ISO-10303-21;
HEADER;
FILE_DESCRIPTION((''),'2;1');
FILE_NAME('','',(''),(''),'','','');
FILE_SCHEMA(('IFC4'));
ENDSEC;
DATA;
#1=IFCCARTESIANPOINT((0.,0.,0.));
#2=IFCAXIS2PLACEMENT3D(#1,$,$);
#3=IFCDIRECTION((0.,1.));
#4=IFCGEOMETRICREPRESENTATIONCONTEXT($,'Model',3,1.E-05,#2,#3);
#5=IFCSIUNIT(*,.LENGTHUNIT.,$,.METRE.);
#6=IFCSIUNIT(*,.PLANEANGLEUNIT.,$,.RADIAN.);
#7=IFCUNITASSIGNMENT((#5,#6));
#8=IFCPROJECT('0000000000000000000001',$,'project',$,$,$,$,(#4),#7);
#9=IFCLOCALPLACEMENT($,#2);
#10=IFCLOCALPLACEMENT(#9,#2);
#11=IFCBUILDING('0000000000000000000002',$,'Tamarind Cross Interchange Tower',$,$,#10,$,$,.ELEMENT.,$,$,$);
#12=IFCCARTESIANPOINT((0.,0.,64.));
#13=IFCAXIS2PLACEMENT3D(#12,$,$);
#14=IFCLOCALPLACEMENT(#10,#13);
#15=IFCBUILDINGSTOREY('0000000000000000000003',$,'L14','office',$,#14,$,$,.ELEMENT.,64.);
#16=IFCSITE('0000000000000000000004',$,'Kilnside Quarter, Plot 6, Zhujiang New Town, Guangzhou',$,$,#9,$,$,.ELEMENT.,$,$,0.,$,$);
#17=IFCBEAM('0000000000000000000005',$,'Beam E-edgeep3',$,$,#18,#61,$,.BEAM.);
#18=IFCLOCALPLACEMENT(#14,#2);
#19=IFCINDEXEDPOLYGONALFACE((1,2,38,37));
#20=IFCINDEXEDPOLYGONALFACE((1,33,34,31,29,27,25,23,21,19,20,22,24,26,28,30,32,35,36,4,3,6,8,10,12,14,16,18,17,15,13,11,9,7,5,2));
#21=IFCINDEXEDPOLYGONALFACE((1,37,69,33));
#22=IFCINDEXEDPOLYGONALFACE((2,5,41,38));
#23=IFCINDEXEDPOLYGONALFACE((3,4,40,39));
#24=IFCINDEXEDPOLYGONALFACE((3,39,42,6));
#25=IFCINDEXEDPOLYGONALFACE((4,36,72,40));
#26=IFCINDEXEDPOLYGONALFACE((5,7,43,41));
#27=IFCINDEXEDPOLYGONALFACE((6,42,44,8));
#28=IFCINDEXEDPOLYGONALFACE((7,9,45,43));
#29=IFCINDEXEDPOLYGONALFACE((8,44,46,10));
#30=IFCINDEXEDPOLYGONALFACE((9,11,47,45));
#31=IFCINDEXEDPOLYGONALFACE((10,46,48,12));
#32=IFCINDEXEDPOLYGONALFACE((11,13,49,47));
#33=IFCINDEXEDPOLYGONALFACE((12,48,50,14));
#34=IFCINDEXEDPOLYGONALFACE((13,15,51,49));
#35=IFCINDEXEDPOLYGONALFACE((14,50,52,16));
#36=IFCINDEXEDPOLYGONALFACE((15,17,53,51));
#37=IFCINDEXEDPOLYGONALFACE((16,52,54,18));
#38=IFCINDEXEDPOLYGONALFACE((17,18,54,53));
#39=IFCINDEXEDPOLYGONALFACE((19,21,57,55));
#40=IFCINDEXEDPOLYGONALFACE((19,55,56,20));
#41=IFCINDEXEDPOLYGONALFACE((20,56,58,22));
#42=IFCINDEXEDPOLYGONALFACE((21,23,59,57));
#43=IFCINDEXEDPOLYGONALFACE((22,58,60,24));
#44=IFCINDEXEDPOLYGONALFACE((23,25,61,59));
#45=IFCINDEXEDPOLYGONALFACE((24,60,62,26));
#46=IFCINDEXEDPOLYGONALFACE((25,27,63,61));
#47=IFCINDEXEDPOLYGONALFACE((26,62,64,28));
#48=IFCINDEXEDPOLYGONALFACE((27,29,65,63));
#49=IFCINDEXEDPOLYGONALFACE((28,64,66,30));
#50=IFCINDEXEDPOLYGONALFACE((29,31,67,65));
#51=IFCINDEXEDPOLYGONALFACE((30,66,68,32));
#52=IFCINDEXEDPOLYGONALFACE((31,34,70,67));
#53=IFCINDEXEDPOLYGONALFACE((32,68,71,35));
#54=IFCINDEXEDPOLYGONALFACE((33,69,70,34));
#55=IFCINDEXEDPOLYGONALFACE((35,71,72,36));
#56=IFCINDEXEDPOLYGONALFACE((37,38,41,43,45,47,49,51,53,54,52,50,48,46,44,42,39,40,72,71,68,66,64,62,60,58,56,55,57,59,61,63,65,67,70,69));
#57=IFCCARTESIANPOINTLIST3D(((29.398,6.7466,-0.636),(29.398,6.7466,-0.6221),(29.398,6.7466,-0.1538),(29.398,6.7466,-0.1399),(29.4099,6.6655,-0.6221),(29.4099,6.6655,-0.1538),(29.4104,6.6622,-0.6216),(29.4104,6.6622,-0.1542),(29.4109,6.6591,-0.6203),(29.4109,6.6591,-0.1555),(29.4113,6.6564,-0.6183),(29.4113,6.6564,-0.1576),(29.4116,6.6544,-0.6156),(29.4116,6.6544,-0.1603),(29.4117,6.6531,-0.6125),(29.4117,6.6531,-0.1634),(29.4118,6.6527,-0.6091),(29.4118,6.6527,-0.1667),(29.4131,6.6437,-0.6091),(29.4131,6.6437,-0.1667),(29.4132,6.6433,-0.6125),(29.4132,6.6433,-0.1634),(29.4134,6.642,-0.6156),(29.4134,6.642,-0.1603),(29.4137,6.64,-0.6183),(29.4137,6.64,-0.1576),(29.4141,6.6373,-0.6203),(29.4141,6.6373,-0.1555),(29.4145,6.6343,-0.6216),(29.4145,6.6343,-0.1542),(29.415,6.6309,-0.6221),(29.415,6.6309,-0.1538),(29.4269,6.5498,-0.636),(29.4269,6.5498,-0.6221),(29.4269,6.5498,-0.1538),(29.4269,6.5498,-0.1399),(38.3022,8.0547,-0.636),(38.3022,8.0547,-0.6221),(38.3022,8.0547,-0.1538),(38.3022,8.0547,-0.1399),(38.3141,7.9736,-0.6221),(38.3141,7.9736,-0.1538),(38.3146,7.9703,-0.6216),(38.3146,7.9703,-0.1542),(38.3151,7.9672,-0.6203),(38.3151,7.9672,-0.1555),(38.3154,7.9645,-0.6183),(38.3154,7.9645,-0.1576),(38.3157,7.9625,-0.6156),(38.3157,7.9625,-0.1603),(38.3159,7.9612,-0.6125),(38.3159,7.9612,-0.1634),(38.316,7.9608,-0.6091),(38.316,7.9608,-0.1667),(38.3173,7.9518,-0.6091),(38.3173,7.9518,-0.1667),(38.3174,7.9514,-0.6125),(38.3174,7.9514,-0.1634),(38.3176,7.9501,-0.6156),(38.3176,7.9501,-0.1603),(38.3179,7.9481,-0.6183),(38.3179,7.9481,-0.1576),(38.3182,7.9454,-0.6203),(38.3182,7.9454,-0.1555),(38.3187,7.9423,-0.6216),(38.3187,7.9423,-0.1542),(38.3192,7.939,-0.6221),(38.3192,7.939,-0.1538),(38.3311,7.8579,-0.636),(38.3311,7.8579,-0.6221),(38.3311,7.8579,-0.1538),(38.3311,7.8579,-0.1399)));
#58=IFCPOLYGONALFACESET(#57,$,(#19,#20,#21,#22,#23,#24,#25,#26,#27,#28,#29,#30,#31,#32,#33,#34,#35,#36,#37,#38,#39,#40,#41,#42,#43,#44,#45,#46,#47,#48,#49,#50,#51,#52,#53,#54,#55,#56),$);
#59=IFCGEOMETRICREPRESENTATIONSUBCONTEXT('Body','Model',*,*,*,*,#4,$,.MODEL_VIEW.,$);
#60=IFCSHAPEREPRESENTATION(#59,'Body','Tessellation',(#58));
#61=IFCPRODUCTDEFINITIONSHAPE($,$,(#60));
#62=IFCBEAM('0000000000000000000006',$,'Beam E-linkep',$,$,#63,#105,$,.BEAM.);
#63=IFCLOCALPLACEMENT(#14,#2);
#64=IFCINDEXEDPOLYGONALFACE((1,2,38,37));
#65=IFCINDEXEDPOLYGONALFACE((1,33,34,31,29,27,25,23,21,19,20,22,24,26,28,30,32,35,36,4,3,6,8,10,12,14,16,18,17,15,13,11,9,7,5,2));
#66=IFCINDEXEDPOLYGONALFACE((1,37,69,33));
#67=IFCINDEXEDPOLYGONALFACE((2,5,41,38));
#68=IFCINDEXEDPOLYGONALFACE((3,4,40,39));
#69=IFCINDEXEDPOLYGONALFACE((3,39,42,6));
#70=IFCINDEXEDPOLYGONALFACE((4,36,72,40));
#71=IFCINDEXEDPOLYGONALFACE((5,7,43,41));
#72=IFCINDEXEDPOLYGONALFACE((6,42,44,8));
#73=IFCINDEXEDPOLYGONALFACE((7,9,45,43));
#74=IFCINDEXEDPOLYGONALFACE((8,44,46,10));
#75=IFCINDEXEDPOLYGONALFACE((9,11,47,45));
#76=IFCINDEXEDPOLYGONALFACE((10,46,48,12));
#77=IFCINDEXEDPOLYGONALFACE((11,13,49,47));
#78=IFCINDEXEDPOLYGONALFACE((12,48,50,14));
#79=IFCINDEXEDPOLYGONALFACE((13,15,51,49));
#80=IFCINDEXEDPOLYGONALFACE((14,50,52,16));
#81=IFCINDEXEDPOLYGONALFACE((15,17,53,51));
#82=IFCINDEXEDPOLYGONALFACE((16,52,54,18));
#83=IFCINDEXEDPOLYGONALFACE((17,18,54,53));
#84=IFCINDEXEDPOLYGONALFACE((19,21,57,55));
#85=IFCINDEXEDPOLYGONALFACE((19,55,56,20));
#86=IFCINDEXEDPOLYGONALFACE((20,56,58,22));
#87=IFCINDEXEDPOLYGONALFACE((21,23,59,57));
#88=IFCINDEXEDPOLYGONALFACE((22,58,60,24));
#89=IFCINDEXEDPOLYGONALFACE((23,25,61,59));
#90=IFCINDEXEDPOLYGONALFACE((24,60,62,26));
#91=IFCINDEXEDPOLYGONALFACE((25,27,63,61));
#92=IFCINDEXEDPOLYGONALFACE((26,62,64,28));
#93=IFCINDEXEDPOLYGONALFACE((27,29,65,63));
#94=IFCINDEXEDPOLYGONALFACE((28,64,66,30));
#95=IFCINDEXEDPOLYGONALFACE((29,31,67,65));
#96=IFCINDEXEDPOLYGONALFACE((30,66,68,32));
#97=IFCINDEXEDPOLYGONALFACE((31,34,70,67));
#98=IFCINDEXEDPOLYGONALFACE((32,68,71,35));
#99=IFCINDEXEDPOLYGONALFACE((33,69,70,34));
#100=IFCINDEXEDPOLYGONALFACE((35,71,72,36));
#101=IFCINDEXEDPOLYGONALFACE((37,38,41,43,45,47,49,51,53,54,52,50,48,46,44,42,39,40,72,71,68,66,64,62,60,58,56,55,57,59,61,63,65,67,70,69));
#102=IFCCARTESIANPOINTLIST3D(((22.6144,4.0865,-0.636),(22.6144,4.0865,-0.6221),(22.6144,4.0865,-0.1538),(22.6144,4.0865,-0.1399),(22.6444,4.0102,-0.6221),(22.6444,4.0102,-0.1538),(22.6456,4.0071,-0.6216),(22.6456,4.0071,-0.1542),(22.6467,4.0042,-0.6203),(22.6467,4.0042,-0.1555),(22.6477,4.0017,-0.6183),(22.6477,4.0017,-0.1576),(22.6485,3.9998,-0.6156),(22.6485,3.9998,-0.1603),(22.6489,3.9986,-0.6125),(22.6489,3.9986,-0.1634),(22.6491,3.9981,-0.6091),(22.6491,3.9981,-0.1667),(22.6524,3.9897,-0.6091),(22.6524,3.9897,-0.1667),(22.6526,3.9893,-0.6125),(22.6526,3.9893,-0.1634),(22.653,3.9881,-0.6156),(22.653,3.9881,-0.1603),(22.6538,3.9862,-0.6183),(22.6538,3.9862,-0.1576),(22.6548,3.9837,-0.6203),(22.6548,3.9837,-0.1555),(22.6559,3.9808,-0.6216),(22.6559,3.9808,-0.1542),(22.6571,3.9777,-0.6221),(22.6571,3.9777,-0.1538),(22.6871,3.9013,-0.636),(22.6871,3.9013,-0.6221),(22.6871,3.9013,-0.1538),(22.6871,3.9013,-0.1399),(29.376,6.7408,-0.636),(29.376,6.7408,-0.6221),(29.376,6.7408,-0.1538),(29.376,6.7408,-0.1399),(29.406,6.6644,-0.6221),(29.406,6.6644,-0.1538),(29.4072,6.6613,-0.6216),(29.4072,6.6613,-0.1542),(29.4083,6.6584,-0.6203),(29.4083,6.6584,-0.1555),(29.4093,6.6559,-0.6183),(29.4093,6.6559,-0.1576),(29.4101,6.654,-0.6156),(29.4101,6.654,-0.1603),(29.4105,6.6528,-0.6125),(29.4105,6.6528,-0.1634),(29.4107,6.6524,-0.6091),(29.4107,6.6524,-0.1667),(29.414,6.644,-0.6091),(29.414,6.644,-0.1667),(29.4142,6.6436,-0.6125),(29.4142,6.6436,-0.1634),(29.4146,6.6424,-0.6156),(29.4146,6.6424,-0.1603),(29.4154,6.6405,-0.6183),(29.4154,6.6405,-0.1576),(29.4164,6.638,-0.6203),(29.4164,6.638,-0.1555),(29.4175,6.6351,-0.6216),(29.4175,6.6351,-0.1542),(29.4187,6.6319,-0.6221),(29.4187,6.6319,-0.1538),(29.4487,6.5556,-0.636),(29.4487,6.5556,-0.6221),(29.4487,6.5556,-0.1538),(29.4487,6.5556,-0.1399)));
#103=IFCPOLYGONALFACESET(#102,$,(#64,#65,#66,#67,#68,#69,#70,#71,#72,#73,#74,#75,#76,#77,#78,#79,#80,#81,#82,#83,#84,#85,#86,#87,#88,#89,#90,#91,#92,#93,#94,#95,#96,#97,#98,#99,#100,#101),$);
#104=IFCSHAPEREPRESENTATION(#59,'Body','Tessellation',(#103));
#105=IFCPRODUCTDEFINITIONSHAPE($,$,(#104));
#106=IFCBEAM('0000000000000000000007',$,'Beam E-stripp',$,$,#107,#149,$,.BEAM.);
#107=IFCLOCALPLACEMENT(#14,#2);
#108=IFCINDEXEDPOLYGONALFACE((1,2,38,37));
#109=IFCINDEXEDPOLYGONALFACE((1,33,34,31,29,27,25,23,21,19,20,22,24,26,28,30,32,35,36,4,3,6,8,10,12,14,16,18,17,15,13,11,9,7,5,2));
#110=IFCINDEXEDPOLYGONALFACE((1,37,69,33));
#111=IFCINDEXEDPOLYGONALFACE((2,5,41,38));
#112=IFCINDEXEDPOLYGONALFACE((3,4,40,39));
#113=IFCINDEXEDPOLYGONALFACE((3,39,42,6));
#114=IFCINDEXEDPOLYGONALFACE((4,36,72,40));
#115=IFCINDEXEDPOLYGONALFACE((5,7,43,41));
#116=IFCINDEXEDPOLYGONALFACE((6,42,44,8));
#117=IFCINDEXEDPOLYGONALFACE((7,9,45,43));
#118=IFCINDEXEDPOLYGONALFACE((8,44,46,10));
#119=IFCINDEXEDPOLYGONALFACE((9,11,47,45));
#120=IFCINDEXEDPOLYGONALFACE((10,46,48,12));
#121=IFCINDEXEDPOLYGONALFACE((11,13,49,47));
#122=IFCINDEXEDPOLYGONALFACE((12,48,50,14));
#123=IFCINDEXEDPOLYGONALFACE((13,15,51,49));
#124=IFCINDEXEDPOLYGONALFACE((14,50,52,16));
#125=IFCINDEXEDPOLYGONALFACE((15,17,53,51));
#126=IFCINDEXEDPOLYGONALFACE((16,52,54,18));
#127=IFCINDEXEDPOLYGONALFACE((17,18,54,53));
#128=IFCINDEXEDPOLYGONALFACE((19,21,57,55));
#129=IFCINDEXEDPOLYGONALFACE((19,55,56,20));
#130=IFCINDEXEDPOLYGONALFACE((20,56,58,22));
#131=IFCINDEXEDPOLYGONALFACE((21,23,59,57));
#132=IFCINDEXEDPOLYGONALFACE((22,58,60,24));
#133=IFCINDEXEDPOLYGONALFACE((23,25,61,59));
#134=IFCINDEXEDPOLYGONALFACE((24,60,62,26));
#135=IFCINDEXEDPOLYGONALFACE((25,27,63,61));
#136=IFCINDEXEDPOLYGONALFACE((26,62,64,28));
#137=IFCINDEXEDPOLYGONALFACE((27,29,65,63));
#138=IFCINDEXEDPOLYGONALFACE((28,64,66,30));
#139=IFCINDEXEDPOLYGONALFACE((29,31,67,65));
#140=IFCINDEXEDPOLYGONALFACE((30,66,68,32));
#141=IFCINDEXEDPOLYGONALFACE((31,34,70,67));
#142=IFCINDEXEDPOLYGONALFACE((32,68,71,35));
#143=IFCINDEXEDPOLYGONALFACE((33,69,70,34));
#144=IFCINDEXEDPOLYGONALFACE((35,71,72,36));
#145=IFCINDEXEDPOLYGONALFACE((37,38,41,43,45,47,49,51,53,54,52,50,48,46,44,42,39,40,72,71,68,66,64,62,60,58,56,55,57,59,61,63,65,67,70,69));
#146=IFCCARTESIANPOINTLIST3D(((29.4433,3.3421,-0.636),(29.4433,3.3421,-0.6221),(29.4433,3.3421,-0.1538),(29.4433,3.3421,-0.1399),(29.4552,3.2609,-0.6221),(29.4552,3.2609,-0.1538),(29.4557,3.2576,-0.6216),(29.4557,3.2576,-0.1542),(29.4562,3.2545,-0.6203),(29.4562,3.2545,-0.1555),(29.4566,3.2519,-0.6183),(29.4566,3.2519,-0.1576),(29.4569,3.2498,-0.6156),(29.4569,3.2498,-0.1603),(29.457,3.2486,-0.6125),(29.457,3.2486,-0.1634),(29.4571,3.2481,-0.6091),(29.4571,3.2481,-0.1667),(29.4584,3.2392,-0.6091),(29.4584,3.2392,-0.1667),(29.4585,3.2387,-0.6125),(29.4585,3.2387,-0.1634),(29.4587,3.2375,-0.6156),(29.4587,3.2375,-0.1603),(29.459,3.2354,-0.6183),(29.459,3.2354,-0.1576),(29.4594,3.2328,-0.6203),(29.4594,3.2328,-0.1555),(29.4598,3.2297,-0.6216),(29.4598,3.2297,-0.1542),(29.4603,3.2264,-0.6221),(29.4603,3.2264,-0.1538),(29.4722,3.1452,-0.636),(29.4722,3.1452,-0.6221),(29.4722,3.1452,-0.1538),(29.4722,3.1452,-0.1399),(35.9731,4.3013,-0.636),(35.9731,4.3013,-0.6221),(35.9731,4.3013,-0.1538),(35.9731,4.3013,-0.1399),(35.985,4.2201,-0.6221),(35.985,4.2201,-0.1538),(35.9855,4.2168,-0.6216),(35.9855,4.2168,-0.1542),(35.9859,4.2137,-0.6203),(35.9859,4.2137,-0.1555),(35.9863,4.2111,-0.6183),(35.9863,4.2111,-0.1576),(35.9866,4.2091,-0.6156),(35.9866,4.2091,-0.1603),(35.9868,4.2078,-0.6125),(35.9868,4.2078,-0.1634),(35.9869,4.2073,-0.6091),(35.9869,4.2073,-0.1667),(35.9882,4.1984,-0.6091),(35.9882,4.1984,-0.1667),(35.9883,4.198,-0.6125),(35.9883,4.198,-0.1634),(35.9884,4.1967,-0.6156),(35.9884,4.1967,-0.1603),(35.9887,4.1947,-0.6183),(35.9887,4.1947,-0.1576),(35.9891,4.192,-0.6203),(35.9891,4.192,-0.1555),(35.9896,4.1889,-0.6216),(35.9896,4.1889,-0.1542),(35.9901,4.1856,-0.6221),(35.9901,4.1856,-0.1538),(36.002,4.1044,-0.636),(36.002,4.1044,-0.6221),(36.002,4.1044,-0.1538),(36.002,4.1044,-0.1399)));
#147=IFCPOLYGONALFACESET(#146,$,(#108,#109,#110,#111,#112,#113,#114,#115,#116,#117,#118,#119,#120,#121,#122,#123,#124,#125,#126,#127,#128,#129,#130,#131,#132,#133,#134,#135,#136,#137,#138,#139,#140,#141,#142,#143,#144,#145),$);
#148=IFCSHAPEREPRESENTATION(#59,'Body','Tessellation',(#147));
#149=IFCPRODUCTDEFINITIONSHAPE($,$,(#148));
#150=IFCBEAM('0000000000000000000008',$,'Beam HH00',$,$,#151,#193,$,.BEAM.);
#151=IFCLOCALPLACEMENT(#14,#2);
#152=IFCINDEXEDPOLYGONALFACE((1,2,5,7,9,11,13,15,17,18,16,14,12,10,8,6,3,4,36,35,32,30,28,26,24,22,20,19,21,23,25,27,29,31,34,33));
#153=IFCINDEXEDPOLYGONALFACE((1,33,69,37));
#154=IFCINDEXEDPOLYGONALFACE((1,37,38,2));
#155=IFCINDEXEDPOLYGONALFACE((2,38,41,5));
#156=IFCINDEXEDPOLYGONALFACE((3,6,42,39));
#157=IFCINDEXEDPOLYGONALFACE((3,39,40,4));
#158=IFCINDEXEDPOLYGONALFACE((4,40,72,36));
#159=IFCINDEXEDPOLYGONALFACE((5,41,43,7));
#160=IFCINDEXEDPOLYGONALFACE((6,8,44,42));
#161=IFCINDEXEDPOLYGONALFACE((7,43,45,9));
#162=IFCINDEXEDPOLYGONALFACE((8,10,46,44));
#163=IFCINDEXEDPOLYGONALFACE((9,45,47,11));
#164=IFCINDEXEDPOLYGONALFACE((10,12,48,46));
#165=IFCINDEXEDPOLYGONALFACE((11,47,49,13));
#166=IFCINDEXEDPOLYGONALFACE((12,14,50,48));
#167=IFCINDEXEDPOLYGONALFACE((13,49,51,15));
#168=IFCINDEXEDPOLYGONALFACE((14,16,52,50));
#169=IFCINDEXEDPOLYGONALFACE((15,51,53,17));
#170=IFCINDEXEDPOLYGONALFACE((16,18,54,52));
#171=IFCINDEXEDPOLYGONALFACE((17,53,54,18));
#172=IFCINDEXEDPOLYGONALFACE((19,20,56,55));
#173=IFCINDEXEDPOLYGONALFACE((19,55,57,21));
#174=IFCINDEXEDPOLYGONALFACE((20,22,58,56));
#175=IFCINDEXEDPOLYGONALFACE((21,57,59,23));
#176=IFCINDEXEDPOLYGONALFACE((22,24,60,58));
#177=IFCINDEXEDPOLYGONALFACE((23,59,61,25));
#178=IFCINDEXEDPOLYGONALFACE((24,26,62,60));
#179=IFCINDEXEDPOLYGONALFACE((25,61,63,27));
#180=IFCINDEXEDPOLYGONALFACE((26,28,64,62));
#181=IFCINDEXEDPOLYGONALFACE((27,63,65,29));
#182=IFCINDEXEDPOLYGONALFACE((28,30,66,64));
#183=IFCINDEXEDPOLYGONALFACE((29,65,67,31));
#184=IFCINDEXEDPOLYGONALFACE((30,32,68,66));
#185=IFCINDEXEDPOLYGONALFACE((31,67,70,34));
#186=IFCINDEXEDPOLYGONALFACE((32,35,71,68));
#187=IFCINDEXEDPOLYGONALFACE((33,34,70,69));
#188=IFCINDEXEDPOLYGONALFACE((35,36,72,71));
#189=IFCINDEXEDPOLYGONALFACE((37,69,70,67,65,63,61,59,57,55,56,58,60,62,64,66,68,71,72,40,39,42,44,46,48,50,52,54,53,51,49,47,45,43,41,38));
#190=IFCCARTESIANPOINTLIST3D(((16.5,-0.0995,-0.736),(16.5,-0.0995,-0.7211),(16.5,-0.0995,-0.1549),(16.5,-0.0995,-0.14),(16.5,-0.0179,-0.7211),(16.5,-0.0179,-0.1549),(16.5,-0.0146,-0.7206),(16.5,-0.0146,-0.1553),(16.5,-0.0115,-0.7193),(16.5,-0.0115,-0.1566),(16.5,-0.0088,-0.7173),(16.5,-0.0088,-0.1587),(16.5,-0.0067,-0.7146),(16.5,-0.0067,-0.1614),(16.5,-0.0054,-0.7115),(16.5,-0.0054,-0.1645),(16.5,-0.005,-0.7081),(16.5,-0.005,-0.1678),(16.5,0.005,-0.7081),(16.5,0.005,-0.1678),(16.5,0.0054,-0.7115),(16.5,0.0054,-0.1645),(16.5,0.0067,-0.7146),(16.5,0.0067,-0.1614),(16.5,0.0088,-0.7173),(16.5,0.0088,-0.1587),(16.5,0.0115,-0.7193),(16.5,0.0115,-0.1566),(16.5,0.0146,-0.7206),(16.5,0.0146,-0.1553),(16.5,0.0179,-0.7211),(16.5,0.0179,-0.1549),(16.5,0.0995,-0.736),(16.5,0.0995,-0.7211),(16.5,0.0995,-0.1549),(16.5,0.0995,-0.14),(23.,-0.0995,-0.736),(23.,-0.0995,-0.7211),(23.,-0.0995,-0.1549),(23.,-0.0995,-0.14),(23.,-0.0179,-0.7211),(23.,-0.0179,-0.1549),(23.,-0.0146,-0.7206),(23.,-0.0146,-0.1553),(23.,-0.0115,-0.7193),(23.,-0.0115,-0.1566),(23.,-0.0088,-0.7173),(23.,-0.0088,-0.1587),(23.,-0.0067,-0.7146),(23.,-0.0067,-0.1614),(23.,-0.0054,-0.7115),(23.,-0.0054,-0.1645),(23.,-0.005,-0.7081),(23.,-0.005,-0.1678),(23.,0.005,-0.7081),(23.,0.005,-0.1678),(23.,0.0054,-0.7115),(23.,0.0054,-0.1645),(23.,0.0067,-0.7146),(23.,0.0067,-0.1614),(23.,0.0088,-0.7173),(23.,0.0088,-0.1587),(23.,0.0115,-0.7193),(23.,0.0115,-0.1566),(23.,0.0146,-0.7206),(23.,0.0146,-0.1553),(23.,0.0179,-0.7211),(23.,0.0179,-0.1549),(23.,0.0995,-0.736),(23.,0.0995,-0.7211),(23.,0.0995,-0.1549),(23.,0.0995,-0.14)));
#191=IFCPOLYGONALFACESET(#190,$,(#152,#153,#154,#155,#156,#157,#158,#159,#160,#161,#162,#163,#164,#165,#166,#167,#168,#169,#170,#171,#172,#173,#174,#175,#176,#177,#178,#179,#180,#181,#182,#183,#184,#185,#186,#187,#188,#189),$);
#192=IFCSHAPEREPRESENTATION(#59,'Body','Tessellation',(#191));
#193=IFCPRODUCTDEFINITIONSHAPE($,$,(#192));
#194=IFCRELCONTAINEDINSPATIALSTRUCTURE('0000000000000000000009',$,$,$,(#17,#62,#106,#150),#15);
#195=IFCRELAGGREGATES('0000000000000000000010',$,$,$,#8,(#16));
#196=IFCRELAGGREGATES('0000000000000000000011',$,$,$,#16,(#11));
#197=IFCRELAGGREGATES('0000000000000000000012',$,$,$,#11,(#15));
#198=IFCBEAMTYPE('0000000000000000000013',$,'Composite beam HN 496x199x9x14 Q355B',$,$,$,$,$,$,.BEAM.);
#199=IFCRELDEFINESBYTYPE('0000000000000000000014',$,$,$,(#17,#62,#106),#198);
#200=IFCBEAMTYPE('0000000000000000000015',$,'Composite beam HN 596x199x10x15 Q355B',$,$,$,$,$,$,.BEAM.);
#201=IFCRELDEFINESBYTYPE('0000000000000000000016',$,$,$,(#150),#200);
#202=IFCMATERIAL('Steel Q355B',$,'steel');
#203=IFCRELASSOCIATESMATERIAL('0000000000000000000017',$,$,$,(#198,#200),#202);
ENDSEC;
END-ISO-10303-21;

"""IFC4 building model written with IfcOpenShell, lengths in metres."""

from ifc_helpers import new_model, si_unit, direction, frame, origin, origin_2d, place, context, subcontext, project, spatial, i_section, extrude, material, material_profile, profile_set, type_object, element, save


model = new_model("IFC4")

# Units and contexts
model_context = context("Model", 3, precision=1e-05, world=origin(), true_north=direction((0.0, 1.0)))
body_context = subcontext(model_context, "Body", "Model", "MODEL_VIEW")
ifc_project = project(units=[si_unit("LENGTHUNIT", "METRE"), si_unit("PLANEANGLEUNIT", "RADIAN")], contexts=[model_context])

# Site, building, storey
site_placement = place(None, origin())
site = spatial("IfcSite", under=ifc_project, at=site_placement, Name="Kilnside Quarter, Plot 6, Zhujiang New Town, Guangzhou", CompositionType="ELEMENT", RefElevation=0.0)
building_placement = place(site_placement, origin())
building = spatial("IfcBuilding", under=site, at=building_placement, Name="Tamarind Cross Interchange Tower", CompositionType="ELEMENT")
storey_placement = place(building_placement, frame((0.0, 0.0, 64.0)))
storey = spatial("IfcBuildingStorey", under=building, at=storey_placement, Name="L14", Description="office", CompositionType="ELEMENT", Elevation=64.0)

# Beams
ifc_material_1 = material(Name="Steel Q355B", Category="steel")
ifc_material_profile_1 = material_profile(ifc_material_1, i_section(OverallWidth=0.199, OverallDepth=0.4961, WebThickness=0.009, FlangeThickness=0.0139, FilletRadius=0.0129, at=origin_2d()), Name="HN 496x199x9x14")
ifc_profile_set_1 = profile_set([ifc_material_profile_1], Name="Steel Q355B")
beam_type_1 = type_object("IfcBeamType", Name="Composite beam HN 496x199x9x14 Q355B", PredefinedType="BEAM", material=ifc_profile_set_1)
beam_1_placement = place(storey_placement, frame((38.3167, 7.9563, -0.3879), z_axis=(-0.989381, -0.145347, 0.0), x_axis=(0.145347, -0.989381, 0.0)))
element("IfcBeam", 1, at=beam_1_placement, inside=storey, type_object=beam_type_1, Name="Beam E-edgeep3", PredefinedType="BEAM", context=body_context, shape_type="SweptSolid", body=[
    extrude(i_section(OverallWidth=0.199, OverallDepth=0.4961, WebThickness=0.009, FlangeThickness=0.0139, FilletRadius=0.0129, at=origin_2d()), origin(), (0.0, 0.0, 1.0), 8.9998),
])
beam_2_placement = place(storey_placement, frame((29.4124, 6.6482, -0.3879), z_axis=(-0.93085, -0.365403, 0.0), x_axis=(0.365403, -0.93085, 0.0)))
element("IfcBeam", 2, at=beam_2_placement, inside=storey, type_object=beam_type_1, Name="Beam E-linkep", PredefinedType="BEAM", context=body_context, shape_type="SweptSolid", body=[
    extrude(i_section(OverallWidth=0.199, OverallDepth=0.4961, WebThickness=0.009, FlangeThickness=0.0139, FilletRadius=0.0129, at=origin_2d()), origin(), (0.0, 0.0, 1.0), 7.2639),
])
beam_3_placement = place(storey_placement, frame((29.4578, 3.2437, -0.3879), z_axis=(0.989382, 0.145341, 0.0), x_axis=(-0.145341, 0.989382, 0.0)))
element("IfcBeam", 3, at=beam_3_placement, inside=storey, type_object=beam_type_1, Name="Beam E-stripp", PredefinedType="BEAM", context=body_context, shape_type="SweptSolid", body=[
    extrude(i_section(OverallWidth=0.199, OverallDepth=0.4961, WebThickness=0.009, FlangeThickness=0.0139, FilletRadius=0.0129, at=origin_2d()), origin(), (0.0, 0.0, 1.0), 6.5999),
])
ifc_material_profile_2 = material_profile(ifc_material_1, i_section(OverallWidth=0.199, OverallDepth=0.5959, WebThickness=0.01, FlangeThickness=0.0149, FilletRadius=0.0129, at=origin_2d()), Name="HN 596x199x10x15")
ifc_profile_set_2 = profile_set([ifc_material_profile_2], Name="Steel Q355B")
beam_type_2 = type_object("IfcBeamType", Name="Composite beam HN 596x199x10x15 Q355B", PredefinedType="BEAM", material=ifc_profile_set_2)
beam_4_placement = place(storey_placement, frame((23.0, 0.0, -0.438), z_axis=(-1.0, 0.0, 0.0), x_axis=(0.0, -1.0, 0.0)))
element("IfcBeam", 4, at=beam_4_placement, inside=storey, type_object=beam_type_2, Name="Beam HH00", PredefinedType="BEAM", context=body_context, shape_type="SweptSolid", body=[
    extrude(i_section(OverallWidth=0.199, OverallDepth=0.5959, WebThickness=0.01, FlangeThickness=0.0149, FilletRadius=0.0129, at=origin_2d()), origin(), (0.0, 0.0, 1.0), 6.5),
])

save(model, "model.ifc")
